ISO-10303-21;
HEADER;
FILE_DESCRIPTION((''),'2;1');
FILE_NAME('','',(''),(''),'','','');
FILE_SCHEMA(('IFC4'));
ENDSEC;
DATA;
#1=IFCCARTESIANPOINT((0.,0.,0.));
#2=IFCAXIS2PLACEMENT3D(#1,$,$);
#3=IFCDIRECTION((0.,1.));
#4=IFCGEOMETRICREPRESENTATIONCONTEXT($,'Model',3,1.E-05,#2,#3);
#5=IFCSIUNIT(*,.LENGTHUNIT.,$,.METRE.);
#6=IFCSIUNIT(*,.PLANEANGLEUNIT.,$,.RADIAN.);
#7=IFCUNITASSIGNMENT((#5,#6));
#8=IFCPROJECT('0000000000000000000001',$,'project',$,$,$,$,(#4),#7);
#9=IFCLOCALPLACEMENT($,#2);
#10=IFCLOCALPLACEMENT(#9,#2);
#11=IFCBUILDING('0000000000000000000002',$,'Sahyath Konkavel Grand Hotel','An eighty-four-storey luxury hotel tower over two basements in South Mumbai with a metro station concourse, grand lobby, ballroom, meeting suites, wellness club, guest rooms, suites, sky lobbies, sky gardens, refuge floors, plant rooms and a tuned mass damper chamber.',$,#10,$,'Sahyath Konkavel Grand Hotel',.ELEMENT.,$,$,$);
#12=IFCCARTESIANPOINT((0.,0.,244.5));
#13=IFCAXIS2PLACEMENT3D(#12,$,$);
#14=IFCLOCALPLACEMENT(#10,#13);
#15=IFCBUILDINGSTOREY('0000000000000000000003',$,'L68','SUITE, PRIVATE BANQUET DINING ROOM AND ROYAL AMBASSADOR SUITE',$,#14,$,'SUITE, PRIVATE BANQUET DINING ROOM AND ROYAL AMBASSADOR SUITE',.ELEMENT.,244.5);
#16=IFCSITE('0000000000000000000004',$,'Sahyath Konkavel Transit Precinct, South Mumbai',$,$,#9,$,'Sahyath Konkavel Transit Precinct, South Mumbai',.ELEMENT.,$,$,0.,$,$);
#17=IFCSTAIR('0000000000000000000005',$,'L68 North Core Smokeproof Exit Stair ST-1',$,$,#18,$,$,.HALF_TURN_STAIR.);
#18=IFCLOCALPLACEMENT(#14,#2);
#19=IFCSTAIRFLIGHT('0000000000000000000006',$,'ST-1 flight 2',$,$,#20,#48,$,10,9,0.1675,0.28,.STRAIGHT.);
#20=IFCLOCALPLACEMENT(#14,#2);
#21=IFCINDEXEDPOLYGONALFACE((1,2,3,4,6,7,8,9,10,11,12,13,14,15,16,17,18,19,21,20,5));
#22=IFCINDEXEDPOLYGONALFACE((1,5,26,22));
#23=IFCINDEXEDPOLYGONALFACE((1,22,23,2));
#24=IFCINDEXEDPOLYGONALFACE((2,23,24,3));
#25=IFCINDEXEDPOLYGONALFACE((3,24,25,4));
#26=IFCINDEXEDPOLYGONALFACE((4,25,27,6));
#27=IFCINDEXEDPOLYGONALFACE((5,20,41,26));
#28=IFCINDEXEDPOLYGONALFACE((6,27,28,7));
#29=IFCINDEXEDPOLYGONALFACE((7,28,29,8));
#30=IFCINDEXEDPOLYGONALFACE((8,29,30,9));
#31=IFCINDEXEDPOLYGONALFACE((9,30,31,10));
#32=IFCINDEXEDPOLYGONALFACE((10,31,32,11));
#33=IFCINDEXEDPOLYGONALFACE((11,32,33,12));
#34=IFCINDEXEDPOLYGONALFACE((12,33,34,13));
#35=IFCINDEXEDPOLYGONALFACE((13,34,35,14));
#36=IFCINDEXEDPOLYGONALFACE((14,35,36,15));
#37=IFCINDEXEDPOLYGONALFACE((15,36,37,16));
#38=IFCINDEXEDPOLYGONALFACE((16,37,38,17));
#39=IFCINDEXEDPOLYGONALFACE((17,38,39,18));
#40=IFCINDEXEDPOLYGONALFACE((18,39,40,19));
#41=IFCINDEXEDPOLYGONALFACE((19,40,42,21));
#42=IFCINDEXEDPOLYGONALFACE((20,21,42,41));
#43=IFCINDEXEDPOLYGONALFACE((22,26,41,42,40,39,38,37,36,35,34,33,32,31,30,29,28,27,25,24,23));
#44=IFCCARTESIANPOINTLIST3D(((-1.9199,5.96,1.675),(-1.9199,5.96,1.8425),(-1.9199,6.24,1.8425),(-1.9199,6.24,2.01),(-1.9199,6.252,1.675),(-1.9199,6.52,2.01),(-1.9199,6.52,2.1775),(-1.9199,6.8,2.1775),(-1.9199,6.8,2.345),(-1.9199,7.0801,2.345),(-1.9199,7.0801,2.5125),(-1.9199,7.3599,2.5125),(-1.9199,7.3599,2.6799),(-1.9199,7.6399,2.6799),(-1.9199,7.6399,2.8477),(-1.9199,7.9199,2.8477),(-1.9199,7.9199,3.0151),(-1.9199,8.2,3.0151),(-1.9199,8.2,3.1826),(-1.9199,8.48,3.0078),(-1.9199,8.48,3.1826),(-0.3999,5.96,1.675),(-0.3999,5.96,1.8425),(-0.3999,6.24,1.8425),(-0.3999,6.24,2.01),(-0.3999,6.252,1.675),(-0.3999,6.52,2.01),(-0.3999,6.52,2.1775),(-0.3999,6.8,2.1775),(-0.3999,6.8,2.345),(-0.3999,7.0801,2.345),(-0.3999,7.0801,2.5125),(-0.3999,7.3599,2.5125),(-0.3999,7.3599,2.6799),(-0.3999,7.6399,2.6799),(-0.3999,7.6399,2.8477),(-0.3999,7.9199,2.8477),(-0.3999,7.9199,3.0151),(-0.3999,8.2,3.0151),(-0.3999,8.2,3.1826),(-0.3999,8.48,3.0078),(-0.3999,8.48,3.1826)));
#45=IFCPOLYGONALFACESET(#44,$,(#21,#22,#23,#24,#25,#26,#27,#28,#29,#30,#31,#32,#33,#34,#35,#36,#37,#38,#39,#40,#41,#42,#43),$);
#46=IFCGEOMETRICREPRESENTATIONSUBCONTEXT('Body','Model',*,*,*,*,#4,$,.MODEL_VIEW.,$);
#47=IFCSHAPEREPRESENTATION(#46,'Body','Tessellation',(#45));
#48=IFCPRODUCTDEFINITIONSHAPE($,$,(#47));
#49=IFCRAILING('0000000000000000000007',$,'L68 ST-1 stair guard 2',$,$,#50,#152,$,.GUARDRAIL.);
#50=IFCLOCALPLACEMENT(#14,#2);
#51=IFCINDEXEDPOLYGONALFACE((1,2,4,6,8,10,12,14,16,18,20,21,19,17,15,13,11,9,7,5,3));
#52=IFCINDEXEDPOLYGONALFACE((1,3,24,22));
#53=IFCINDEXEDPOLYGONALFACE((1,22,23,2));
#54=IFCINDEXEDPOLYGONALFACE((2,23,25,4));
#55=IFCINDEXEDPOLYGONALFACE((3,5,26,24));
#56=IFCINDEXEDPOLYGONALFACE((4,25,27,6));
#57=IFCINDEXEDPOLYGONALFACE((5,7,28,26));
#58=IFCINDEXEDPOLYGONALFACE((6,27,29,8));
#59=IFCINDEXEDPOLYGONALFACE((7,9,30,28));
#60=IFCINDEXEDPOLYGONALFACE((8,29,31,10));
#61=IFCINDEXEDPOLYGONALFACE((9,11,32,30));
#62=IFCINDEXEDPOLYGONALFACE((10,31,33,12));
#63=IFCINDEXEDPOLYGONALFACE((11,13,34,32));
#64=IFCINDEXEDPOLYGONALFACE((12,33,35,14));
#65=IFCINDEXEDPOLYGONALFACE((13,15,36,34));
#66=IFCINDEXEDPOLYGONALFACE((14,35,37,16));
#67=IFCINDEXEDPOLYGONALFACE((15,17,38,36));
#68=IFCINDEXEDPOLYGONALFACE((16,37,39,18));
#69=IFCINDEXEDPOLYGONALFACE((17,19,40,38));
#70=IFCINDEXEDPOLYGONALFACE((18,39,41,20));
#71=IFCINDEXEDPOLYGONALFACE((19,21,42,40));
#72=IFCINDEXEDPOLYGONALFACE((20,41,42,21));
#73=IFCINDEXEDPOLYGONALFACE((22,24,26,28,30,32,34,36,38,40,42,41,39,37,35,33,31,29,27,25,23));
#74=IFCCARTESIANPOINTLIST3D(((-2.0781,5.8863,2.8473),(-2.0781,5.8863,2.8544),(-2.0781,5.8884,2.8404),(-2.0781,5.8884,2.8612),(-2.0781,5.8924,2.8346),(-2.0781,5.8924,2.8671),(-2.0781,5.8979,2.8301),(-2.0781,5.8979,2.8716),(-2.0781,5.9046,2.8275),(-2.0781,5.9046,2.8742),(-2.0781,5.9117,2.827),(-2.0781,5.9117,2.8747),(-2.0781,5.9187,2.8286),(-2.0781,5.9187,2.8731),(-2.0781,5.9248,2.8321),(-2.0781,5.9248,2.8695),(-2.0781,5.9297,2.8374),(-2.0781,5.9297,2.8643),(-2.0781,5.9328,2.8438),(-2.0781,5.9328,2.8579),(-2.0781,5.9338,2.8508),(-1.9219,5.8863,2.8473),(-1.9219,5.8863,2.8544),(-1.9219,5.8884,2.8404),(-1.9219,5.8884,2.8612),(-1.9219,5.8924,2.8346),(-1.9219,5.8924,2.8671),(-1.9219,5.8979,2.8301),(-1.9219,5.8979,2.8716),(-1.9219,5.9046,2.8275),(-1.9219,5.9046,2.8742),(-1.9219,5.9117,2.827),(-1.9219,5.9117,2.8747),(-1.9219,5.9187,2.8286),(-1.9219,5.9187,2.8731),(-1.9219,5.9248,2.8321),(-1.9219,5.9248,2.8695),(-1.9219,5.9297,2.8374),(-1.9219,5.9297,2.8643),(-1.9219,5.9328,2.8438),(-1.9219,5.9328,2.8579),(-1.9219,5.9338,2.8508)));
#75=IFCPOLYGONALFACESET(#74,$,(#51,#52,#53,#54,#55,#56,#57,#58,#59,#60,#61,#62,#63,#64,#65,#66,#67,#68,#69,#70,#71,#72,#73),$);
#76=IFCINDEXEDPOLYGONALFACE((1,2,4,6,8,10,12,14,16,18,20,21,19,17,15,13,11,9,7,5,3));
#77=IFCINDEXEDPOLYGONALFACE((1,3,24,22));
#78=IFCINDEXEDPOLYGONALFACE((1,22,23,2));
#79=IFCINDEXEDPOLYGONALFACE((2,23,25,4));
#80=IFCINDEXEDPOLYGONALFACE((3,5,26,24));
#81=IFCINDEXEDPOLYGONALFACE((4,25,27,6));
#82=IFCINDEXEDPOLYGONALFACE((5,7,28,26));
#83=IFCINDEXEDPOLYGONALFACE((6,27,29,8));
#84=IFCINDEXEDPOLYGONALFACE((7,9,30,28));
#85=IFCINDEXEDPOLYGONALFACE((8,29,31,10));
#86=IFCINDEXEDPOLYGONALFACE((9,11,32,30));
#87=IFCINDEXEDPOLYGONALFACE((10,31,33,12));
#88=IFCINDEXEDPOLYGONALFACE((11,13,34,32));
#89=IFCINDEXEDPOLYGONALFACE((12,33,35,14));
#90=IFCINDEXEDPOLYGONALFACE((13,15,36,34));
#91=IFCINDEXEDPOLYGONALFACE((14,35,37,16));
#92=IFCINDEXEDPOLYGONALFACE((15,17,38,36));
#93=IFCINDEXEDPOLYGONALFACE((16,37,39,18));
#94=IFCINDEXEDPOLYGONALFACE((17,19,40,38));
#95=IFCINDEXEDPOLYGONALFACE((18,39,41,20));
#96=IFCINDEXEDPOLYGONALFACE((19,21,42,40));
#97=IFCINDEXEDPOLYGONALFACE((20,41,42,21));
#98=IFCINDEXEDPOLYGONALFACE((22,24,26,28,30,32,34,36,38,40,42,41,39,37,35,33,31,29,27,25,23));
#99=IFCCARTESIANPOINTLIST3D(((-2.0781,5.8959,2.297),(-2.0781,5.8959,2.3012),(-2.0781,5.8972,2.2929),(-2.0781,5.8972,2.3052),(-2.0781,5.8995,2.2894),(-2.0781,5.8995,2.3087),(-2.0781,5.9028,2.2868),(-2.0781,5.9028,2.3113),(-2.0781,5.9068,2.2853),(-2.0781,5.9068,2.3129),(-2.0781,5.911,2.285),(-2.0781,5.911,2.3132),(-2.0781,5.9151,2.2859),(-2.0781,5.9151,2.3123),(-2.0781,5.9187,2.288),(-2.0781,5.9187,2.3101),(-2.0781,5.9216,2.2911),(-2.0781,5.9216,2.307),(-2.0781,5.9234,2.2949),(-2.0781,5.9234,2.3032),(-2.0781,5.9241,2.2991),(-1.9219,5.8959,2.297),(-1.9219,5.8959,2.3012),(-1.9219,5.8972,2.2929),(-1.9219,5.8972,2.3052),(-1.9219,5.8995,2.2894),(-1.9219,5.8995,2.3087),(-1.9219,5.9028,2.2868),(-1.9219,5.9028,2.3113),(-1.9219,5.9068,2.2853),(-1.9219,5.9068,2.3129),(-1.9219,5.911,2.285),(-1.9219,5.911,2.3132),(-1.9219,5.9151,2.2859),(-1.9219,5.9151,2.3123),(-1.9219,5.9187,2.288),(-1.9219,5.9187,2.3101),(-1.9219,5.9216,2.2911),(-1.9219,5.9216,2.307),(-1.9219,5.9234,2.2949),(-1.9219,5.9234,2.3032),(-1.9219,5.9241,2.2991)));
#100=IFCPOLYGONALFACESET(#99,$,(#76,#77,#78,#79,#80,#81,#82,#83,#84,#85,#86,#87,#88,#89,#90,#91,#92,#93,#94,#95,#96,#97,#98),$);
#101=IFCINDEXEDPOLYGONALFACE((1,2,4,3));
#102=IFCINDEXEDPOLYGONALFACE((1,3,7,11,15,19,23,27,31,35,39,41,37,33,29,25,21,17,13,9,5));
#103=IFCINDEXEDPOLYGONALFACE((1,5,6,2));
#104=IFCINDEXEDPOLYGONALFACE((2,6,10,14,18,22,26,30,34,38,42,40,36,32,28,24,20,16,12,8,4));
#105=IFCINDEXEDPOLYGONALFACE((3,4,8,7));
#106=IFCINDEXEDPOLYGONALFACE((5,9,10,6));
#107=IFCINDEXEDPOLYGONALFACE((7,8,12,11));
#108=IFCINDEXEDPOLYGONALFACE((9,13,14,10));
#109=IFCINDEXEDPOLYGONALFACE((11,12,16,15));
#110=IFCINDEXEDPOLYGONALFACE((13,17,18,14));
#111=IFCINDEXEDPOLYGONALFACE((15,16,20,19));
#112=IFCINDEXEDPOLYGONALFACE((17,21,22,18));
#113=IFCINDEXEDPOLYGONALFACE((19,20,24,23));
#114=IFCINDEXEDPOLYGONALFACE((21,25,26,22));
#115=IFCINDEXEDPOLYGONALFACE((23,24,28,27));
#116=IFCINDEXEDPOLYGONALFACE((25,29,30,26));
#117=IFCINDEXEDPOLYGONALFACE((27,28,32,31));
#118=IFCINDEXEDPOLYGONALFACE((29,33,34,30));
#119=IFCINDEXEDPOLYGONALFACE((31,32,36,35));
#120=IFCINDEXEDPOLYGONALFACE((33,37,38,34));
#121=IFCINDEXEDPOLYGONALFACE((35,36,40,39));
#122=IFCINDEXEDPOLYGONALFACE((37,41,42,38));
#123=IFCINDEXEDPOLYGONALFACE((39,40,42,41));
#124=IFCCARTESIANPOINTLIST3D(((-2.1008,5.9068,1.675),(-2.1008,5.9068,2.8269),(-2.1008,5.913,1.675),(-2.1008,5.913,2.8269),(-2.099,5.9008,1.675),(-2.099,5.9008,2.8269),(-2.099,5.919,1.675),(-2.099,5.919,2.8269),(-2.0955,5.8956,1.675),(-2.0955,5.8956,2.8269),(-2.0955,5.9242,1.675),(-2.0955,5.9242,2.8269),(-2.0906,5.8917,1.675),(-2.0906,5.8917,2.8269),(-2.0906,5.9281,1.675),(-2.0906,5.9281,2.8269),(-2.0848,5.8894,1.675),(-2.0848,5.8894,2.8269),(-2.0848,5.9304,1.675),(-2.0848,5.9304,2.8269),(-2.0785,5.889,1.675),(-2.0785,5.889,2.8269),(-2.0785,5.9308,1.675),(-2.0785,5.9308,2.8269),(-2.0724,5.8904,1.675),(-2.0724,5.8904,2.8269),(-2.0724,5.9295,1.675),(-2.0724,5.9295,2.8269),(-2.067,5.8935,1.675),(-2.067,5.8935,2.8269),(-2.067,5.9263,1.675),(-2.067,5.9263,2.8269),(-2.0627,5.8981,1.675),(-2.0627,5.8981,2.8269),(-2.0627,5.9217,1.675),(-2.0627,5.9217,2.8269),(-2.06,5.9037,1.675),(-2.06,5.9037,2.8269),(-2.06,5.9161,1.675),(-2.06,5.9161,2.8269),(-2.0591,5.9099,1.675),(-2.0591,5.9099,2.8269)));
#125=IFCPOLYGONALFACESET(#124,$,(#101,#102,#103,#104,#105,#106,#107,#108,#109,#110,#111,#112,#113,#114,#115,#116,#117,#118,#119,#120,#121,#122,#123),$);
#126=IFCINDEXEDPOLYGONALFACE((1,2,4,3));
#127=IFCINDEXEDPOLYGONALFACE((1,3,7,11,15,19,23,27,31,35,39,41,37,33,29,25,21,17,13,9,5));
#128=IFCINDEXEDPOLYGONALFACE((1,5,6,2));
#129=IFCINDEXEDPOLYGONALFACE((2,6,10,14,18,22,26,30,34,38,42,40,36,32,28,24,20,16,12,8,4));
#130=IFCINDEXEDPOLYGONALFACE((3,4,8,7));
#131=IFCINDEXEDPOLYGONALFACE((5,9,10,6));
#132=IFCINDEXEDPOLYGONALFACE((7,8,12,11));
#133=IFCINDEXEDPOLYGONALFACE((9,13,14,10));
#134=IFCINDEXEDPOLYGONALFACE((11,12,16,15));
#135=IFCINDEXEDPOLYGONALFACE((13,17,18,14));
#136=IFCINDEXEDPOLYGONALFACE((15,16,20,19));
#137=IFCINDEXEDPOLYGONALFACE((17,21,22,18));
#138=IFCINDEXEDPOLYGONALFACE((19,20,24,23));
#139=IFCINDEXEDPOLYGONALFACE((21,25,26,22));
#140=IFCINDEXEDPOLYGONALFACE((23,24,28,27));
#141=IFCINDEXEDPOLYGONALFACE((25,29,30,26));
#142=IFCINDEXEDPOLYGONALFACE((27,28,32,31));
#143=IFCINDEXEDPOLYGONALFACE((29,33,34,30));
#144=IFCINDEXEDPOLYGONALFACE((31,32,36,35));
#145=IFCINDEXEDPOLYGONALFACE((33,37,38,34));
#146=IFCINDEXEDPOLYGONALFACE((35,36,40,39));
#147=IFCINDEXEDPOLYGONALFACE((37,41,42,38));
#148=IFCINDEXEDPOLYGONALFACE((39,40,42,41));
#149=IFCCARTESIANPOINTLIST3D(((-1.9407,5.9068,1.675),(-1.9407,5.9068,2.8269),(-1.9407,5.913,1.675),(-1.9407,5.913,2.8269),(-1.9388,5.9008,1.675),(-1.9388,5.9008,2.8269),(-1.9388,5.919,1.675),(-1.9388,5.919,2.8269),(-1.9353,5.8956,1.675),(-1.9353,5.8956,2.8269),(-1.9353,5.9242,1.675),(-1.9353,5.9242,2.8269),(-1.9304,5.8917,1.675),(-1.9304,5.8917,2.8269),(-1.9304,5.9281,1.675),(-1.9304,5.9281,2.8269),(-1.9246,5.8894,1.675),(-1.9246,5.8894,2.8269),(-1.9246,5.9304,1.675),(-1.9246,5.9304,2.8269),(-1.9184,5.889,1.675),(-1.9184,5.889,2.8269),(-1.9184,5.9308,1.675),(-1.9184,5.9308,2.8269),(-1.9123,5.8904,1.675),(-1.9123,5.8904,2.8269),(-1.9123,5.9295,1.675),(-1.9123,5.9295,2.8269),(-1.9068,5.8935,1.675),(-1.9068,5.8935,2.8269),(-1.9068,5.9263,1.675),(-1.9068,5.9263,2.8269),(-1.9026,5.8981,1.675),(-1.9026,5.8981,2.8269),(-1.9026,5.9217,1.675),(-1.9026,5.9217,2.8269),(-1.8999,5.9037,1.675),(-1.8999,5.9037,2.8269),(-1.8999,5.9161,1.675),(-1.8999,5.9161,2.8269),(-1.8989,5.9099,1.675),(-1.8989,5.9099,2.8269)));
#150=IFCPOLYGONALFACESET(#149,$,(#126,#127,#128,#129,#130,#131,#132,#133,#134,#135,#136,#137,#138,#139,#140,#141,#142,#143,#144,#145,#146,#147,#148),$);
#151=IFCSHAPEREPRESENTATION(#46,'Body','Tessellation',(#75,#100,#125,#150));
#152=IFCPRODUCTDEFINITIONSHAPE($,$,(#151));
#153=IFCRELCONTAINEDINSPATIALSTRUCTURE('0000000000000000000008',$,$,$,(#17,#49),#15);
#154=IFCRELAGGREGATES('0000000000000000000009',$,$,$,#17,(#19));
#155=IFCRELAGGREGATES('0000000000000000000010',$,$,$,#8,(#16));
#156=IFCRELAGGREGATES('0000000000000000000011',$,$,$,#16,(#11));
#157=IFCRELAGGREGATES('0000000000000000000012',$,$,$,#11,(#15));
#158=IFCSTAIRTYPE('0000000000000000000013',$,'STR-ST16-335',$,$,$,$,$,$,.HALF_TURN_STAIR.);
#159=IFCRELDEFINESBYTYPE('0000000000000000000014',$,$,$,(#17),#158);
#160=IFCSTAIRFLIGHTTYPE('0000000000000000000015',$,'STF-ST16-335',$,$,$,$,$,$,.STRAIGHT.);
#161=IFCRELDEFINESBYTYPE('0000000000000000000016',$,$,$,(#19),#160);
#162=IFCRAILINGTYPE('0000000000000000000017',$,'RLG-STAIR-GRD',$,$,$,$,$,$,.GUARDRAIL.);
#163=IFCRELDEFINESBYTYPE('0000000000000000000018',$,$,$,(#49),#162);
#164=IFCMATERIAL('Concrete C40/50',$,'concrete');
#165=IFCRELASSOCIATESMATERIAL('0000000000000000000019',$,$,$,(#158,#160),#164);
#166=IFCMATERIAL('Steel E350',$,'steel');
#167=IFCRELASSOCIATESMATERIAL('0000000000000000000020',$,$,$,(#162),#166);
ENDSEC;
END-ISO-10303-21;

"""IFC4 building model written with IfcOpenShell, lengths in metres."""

from ifc_helpers import new_model, si_unit, direction, frame, origin, origin_2d, place, context, subcontext, project, spatial, polyline, circle, outline, extrude, material, type_object, element, aggregate, save


model = new_model("IFC4")

# Units and contexts
model_context = context("Model", 3, precision=1e-05, world=origin(), true_north=direction((0.0, 1.0)))
body_context = subcontext(model_context, "Body", "Model", "MODEL_VIEW")
ifc_project = project(units=[si_unit("LENGTHUNIT", "METRE"), si_unit("PLANEANGLEUNIT", "RADIAN")], contexts=[model_context])

# Site, building, storey
site_placement = place(None, origin())
site = spatial("IfcSite", under=ifc_project, at=site_placement, Name="Sahyath Konkavel Transit Precinct, South Mumbai", LongName="Sahyath Konkavel Transit Precinct, South Mumbai", CompositionType="ELEMENT", RefElevation=0.0)
building_placement = place(site_placement, origin())
building = spatial("IfcBuilding", under=site, at=building_placement, Name="Sahyath Konkavel Grand Hotel", Description="An eighty-four-storey luxury hotel tower over two basements in South Mumbai with a metro station concourse, grand lobby, ballroom, meeting suites, wellness club, guest rooms, suites, sky lobbies, sky gardens, refuge floors, plant rooms and a tuned mass damper chamber.", LongName="Sahyath Konkavel Grand Hotel", CompositionType="ELEMENT")
storey_placement = place(building_placement, frame((0.0, 0.0, 244.5)))
storey = spatial("IfcBuildingStorey", under=building, at=storey_placement, Name="L68", Description="SUITE, PRIVATE BANQUET DINING ROOM AND ROYAL AMBASSADOR SUITE", LongName="SUITE, PRIVATE BANQUET DINING ROOM AND ROYAL AMBASSADOR SUITE", CompositionType="ELEMENT", Elevation=244.5)

# Shared definitions
ifc_material_1 = material(Name="Concrete C40/50", Category="concrete")

# Shared definitions
ifc_material_2 = material(Name="Steel E350", Category="steel")

# Stair
stair_type = type_object("IfcStairType", Name="STR-ST16-335", PredefinedType="HALF_TURN_STAIR", material=ifc_material_1)
stair_1_placement = place(storey_placement, origin())
stair_1 = element("IfcStair", 1, at=stair_1_placement, inside=storey, type_object=stair_type, Name="L68 North Core Smokeproof Exit Stair ST-1", PredefinedType="HALF_TURN_STAIR")

# Stair flight
stair_flight_type = type_object("IfcStairFlightType", Name="STF-ST16-335", PredefinedType="STRAIGHT", material=ifc_material_1)
stair_flight_1_placement = place(storey_placement, frame((-1.1599, 5.96, 1.675), z_axis=(0.0, 0.0, 1.0), x_axis=(0.0, 1.0, 0.0)))
stair_flight_1 = element("IfcStairFlight", 2, at=stair_flight_1_placement, type_object=stair_flight_type, Name="ST-1 flight 2", NumberOfRisers=10, NumberOfTreads=9, PredefinedType="STRAIGHT", RiserHeight=0.1675, TreadLength=0.28, context=body_context, shape_type="SweptSolid", body=[
    extrude(outline(polyline([(0.0, 0.0), (0.0, 0.1675), (0.28, 0.1675), (0.28, 0.335), (0.5601, 0.335), (0.5601, 0.5024), (0.8401, 0.5024), (0.8401, 0.6699), (1.1201, 0.6699), (1.1201, 0.8374), (1.3999, 0.8374), (1.3999, 1.0049), (1.6799, 1.0049), (1.6799, 1.1726), (1.96, 1.1726), (1.96, 1.3401), (2.24, 1.3401), (2.24, 1.5076), (2.52, 1.5076), (2.52, 1.675), (2.52, 1.3328), (0.292, 0.0), (0.0, 0.0)])), frame((0.0, 0.76, 0.0), z_axis=(0.0, -1.0, 0.0), x_axis=(1.0, 0.0, 0.0)), (0.0, 0.0, 1.0), 1.52),
])
aggregate(stair_1, [stair_flight_1])

# Railing
railing_type_1 = type_object("IfcRailingType", Name="RLG-STAIR-GRD", PredefinedType="GUARDRAIL", material=ifc_material_2)
railing_1_placement = place(storey_placement, frame((-2.0801, 5.9099, 1.675)))
element("IfcRailing", 3, at=railing_1_placement, inside=storey, type_object=railing_type_1, Name="L68 ST-1 stair guard 2", PredefinedType="GUARDRAIL", context=body_context, shape_type="SweptSolid", body=[
    extrude(circle(Radius=0.0239, at=origin_2d()), frame((0.002, 0.0, 1.1758), z_axis=(1.0, 0.0, 0.0), x_axis=(0.0, 1.0, 0.0)), (0.0, 0.0, 1.0), 0.1562),
    extrude(circle(Radius=0.0142, at=origin_2d()), frame((0.002, 0.0, 0.624), z_axis=(1.0, 0.0, 0.0), x_axis=(0.0, 1.0, 0.0)), (0.0, 0.0, 1.0), 0.1562),
    extrude(circle(Radius=0.021, at=origin_2d()), origin(), (0.0, 0.0, 1.0), 1.1519),
    extrude(circle(Radius=0.021, at=origin_2d()), frame((0.1602, 0.0, 0.0)), (0.0, 0.0, 1.0), 1.1519),
])

save(model, "model.ifc")
